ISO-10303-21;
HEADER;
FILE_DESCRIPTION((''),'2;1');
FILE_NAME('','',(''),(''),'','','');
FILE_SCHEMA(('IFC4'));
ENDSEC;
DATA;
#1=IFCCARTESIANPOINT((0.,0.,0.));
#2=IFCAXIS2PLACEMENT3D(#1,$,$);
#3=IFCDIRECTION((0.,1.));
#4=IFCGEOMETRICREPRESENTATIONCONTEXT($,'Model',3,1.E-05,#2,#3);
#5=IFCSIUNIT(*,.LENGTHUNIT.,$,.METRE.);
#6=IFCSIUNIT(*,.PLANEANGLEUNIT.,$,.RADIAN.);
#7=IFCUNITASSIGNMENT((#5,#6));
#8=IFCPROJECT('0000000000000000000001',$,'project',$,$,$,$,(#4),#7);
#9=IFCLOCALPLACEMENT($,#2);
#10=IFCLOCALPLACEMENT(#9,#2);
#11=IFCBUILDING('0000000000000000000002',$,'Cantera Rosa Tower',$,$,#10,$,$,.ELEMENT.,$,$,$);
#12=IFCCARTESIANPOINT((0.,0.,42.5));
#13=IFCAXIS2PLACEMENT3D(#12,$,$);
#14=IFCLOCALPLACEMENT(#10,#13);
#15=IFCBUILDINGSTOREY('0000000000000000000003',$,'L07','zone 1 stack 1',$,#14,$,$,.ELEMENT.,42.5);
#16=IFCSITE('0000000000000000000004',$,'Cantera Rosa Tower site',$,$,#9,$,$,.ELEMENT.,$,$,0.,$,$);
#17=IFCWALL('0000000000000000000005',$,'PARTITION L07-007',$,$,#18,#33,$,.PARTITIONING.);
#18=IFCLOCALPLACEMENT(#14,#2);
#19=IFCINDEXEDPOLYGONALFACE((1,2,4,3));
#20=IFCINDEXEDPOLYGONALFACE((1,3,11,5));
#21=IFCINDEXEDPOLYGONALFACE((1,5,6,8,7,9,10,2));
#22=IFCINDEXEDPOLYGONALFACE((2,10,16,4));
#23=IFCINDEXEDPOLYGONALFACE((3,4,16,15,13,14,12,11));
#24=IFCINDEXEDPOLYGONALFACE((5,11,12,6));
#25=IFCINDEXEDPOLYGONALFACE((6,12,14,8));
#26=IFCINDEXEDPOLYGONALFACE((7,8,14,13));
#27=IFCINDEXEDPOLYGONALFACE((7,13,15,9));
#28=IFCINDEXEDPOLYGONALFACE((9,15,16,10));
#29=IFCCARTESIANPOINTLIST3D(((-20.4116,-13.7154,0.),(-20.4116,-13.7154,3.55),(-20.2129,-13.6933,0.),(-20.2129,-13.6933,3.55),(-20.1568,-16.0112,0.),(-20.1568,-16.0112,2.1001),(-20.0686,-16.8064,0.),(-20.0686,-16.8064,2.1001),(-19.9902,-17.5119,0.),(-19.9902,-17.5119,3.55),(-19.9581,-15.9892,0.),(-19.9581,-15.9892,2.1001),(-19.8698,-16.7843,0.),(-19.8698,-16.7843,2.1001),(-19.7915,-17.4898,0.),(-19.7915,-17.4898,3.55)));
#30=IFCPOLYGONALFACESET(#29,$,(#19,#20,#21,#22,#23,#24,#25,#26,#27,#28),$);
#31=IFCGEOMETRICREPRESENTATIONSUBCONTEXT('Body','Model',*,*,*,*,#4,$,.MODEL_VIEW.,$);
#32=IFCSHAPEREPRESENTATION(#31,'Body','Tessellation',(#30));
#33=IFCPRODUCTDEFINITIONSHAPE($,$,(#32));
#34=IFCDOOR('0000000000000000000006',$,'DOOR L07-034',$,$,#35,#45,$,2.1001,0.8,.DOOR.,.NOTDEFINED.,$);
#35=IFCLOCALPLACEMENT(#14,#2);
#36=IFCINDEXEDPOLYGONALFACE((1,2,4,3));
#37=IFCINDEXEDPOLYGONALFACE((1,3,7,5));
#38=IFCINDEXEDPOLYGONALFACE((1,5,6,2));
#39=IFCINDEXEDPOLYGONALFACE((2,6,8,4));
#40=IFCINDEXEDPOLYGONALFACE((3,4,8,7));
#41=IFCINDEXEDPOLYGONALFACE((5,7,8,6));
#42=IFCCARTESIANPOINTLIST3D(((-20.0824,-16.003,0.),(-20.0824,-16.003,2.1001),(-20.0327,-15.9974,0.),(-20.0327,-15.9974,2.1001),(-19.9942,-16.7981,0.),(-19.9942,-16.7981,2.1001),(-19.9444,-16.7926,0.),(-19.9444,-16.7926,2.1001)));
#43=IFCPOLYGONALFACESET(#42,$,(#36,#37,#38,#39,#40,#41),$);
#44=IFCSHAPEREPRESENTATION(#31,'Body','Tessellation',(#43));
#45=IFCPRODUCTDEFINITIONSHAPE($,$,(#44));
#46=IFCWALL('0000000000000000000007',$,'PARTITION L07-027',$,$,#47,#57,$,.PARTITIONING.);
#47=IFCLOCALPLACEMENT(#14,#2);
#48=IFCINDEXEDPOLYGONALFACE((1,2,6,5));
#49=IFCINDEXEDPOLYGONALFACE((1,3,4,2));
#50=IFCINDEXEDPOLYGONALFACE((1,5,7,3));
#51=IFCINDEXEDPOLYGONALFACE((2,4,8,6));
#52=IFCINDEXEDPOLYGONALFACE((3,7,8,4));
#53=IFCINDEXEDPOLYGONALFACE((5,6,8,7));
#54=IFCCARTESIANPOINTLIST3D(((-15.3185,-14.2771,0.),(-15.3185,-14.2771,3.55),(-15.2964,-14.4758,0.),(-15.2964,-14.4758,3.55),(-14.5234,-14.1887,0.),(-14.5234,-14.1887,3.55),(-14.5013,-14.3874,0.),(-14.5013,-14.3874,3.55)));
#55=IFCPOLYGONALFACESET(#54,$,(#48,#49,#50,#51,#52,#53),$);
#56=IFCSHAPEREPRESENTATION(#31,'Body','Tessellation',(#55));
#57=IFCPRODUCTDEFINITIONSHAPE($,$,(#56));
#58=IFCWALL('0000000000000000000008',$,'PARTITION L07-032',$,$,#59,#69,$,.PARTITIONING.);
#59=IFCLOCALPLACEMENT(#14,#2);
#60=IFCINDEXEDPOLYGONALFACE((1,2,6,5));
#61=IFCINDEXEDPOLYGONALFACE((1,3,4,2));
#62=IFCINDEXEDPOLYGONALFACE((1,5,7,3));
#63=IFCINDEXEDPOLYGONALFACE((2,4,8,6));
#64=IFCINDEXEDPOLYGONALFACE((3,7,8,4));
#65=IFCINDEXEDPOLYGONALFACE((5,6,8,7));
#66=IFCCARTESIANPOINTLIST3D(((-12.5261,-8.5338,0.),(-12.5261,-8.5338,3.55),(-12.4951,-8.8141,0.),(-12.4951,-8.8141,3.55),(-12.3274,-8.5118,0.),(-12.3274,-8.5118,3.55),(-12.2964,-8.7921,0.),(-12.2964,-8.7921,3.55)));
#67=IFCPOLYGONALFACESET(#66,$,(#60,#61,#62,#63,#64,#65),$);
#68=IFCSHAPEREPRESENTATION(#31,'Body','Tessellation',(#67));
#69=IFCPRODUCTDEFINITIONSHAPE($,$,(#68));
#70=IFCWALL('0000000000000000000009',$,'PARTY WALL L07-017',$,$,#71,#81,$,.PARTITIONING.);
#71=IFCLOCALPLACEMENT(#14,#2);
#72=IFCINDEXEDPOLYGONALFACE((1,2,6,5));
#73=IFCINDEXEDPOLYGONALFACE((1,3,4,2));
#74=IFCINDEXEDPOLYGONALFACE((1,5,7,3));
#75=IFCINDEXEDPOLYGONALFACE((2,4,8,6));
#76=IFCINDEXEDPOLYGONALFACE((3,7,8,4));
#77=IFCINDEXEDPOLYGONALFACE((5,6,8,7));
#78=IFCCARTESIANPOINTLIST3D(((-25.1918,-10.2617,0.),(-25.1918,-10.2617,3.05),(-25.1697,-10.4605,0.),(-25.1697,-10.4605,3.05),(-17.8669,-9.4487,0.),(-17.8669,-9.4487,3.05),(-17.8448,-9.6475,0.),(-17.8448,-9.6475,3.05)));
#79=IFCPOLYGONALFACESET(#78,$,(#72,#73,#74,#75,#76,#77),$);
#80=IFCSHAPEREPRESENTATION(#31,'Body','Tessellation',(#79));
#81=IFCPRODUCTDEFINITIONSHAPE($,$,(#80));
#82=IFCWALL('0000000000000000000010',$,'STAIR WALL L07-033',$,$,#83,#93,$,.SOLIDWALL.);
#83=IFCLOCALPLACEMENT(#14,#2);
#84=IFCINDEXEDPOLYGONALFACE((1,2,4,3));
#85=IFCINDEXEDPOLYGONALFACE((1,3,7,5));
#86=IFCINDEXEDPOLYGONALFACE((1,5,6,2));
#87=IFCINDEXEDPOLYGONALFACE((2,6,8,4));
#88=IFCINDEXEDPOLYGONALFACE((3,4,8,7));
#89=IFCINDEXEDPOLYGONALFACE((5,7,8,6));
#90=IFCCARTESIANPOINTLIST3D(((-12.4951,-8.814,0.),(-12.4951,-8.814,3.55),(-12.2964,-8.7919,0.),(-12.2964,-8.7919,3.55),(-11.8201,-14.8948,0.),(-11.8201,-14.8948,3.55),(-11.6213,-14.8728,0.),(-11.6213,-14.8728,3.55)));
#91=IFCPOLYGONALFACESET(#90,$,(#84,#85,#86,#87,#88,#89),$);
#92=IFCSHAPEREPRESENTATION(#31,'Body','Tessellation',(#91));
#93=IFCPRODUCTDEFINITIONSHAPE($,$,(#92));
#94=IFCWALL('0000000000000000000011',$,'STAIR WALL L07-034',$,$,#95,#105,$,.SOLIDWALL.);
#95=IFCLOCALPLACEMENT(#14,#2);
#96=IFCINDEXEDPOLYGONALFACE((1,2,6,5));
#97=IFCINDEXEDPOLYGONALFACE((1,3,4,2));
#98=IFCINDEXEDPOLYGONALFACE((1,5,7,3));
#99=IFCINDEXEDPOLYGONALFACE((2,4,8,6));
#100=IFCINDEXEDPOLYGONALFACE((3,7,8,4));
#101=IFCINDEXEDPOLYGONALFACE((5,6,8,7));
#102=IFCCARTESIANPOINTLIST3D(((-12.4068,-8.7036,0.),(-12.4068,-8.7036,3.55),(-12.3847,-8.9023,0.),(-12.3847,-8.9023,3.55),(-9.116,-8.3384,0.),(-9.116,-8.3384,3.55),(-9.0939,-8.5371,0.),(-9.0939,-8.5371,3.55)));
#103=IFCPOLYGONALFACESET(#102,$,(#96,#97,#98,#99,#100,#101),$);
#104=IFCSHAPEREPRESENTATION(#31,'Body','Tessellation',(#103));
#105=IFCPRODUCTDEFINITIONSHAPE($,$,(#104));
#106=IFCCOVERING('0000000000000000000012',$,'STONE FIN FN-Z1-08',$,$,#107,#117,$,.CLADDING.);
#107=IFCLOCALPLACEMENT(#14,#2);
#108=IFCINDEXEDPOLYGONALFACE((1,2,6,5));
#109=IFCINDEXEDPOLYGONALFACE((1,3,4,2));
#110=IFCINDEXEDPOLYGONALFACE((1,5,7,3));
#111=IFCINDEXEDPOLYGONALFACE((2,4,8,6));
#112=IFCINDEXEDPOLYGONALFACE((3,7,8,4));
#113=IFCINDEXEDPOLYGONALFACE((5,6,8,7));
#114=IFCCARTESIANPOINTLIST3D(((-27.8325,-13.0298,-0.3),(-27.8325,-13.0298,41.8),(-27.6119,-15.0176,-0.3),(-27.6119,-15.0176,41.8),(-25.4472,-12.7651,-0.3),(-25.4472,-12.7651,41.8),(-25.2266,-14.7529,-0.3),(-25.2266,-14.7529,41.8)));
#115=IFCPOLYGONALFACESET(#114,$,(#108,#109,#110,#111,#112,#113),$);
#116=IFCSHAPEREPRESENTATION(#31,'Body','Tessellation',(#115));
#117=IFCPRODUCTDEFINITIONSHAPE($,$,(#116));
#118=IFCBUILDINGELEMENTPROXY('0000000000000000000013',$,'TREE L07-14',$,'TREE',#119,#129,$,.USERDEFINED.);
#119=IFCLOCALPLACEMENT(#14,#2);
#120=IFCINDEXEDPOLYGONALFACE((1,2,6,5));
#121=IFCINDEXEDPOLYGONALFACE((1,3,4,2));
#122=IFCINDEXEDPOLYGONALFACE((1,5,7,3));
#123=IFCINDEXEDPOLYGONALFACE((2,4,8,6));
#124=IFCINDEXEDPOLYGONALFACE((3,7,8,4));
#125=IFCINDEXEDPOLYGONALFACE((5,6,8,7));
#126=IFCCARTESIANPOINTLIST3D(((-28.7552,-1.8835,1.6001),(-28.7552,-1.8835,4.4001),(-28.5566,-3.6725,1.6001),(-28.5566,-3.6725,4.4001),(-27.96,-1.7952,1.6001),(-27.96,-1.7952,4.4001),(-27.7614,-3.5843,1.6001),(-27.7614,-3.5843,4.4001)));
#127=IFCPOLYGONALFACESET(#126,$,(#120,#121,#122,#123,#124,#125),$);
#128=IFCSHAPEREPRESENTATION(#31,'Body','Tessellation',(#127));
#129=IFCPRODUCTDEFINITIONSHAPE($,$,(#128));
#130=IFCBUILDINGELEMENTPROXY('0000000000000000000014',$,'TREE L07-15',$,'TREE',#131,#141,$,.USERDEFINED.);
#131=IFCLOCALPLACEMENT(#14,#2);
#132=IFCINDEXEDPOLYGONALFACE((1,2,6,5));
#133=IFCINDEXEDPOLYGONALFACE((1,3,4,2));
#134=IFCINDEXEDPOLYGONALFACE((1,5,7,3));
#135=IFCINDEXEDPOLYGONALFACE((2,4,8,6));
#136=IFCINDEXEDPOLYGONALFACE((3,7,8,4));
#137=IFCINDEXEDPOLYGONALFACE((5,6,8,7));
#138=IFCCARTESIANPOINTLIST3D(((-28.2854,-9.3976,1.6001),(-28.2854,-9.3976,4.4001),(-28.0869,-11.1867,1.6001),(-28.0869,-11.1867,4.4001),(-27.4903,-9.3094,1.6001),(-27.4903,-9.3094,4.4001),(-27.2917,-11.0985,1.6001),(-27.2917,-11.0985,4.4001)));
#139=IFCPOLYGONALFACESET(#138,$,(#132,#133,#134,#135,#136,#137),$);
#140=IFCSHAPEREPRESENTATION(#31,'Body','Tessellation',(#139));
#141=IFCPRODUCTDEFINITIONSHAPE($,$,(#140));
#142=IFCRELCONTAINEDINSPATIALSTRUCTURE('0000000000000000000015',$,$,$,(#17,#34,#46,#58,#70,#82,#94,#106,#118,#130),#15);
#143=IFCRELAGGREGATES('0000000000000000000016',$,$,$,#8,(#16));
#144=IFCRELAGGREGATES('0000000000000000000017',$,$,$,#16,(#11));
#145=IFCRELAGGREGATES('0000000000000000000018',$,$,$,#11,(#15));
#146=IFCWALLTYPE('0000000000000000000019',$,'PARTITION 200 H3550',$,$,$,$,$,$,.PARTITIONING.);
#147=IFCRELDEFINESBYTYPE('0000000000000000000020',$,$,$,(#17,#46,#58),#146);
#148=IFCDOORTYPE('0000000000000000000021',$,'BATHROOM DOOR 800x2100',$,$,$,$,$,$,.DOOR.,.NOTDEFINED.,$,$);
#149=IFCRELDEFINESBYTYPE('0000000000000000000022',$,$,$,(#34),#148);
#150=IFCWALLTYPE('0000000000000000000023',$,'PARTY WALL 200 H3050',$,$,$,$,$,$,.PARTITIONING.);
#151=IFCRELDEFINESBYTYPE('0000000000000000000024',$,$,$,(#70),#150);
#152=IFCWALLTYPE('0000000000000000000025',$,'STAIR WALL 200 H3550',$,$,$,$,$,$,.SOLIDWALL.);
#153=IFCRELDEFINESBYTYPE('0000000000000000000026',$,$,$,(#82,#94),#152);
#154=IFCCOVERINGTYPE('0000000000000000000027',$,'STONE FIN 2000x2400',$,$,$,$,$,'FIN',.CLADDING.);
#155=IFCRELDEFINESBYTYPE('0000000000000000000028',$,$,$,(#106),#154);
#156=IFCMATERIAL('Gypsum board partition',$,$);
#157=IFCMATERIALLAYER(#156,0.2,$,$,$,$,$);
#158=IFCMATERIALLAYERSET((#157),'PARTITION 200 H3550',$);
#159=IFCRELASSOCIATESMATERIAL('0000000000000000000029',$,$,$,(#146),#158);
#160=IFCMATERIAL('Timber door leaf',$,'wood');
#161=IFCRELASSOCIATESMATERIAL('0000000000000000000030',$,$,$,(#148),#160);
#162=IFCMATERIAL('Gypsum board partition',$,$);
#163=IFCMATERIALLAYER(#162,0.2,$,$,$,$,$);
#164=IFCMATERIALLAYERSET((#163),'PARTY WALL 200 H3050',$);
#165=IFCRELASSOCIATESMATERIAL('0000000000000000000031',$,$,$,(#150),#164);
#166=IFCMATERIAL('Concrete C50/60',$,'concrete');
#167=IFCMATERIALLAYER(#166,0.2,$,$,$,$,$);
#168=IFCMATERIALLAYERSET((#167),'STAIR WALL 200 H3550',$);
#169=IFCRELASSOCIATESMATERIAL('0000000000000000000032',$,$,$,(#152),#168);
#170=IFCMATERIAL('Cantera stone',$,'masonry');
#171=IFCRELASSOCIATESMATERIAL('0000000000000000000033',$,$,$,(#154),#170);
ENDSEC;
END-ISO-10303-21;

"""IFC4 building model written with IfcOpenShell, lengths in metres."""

from ifc_helpers import new_model, si_unit, direction, frame, frame_2d, origin, origin_2d, place, context, subcontext, project, spatial, rectangle, extrude, material, layer, layer_set, type_object, element, fill, save


model = new_model("IFC4")

# Units and contexts
model_context = context("Model", 3, precision=1e-05, world=origin(), true_north=direction((0.0, 1.0)))
body_context = subcontext(model_context, "Body", "Model", "MODEL_VIEW")
ifc_project = project(units=[si_unit("LENGTHUNIT", "METRE"), si_unit("PLANEANGLEUNIT", "RADIAN")], contexts=[model_context])

# Site, building, storey
site_placement = place(None, origin())
site = spatial("IfcSite", under=ifc_project, at=site_placement, Name="Cantera Rosa Tower site", CompositionType="ELEMENT", RefElevation=0.0)
building_placement = place(site_placement, origin())
building = spatial("IfcBuilding", under=site, at=building_placement, Name="Cantera Rosa Tower", CompositionType="ELEMENT")
storey_placement = place(building_placement, frame((0.0, 0.0, 42.5)))
storey = spatial("IfcBuildingStorey", under=building, at=storey_placement, Name="L07", Description="zone 1 stack 1", CompositionType="ELEMENT", Elevation=42.5)

# Shared definitions
ifc_material_1 = material(Name="Gypsum board partition")
ifc_layer_1 = layer(ifc_material_1, 0.2)
ifc_layer_set_1 = layer_set([ifc_layer_1], Name="PARTITION 200 H3550")
wall_type_1 = type_object("IfcWallType", Name="PARTITION 200 H3550", PredefinedType="PARTITIONING", material=ifc_layer_set_1)
ifc_material_2 = material(Name="Timber door leaf", Category="wood")
door_type_1 = type_object("IfcDoorType", Name="BATHROOM DOOR 800x2100", OperationType="NOTDEFINED", PredefinedType="DOOR", material=ifc_material_2)

# Wall, opening, door
wall_1_placement = place(storey_placement, frame((-20.3123, -13.7043, 0.0), z_axis=(0.0, 0.0, 1.0), x_axis=(0.110312, -0.993897, 0.0)))
wall_1 = element("IfcWall", 1, at=wall_1_placement, inside=storey, type_object=wall_type_1, Name="PARTITION L07-007", PredefinedType="PARTITIONING", context=body_context, shape_type="SweptSolid", body=[
    extrude(rectangle(XDim=3.8198, YDim=0.2, at=frame_2d((1.9099, 0.0))), origin(), (0.0, 0.0, 1.0), 3.55),
])
opening_1_placement = place(wall_1_placement, frame((2.3101, 0.0, 0.0)))
opening_1 = element("IfcOpeningElement", 2, at=opening_1_placement, cuts=wall_1, PredefinedType="OPENING", context=body_context, shape_type="SweptSolid", body=[
    extrude(rectangle(XDim=0.8, YDim=2.1001, at=frame_2d((0.3999, 1.05))), frame((0.0, 0.1099, 0.0), z_axis=(0.0, -1.0, 0.0), x_axis=(1.0, 0.0, 0.0)), (0.0, 0.0, 1.0), 0.22),
])
door_1_placement = place(opening_1_placement, origin())
door_1 = element("IfcDoor", 3, at=door_1_placement, inside=storey, type_object=door_type_1, Name="DOOR L07-034", OperationType="NOTDEFINED", OverallHeight=2.1001, OverallWidth=0.8, PredefinedType="DOOR", context=body_context, shape_type="SweptSolid", body=[
    extrude(rectangle(XDim=0.8, YDim=2.1001, at=frame_2d((0.3999, 1.05))), frame((0.0, 0.0249, 0.0), z_axis=(0.0, -1.0, 0.0), x_axis=(1.0, 0.0, 0.0)), (0.0, 0.0, 1.0), 0.05),
])
fill(opening_1, door_1)

# Walls
wall_2_placement = place(storey_placement, frame((-14.5125, -14.2881, 0.0), z_axis=(0.0, 0.0, 1.0), x_axis=(-0.99388, -0.110465, 0.0)))
element("IfcWall", 4, at=wall_2_placement, inside=storey, type_object=wall_type_1, Name="PARTITION L07-027", PredefinedType="PARTITIONING", context=body_context, shape_type="SweptSolid", body=[
    extrude(rectangle(XDim=0.8, YDim=0.2, at=frame_2d((0.3999, 0.0))), origin(), (0.0, 0.0, 1.0), 3.55),
])
wall_3_placement = place(storey_placement, frame((-12.4268, -8.5227, 0.0), z_axis=(0.0, 0.0, 1.0), x_axis=(0.109956, -0.993936, 0.0)))
element("IfcWall", 5, at=wall_3_placement, inside=storey, type_object=wall_type_1, Name="PARTITION L07-032", PredefinedType="PARTITIONING", context=body_context, shape_type="SweptSolid", body=[
    extrude(rectangle(XDim=0.282, YDim=0.2, at=frame_2d((0.1411, 0.0))), origin(), (0.0, 0.0, 1.0), 3.55),
])
ifc_material_3 = material(Name="Gypsum board partition")
ifc_layer_2 = layer(ifc_material_3, 0.2)
ifc_layer_set_2 = layer_set([ifc_layer_2], Name="PARTY WALL 200 H3050")
wall_type_2 = type_object("IfcWallType", Name="PARTY WALL 200 H3050", PredefinedType="PARTITIONING", material=ifc_layer_set_2)
wall_4_placement = place(storey_placement, frame((-17.8557, -9.5481, 0.0), z_axis=(0.0, 0.0, 1.0), x_axis=(-0.993897, -0.110312, 0.0)))
element("IfcWall", 6, at=wall_4_placement, inside=storey, type_object=wall_type_2, Name="PARTY WALL L07-017", PredefinedType="PARTITIONING", context=body_context, shape_type="SweptSolid", body=[
    extrude(rectangle(XDim=7.3699, YDim=0.2, at=frame_2d((3.6851, 0.0))), origin(), (0.0, 0.0, 1.0), 3.05),
])
ifc_material_4 = material(Name="Concrete C50/60", Category="concrete")
ifc_layer_3 = layer(ifc_material_4, 0.2)
ifc_layer_set_3 = layer_set([ifc_layer_3], Name="STAIR WALL 200 H3550")
wall_type_3 = type_object("IfcWallType", Name="STAIR WALL 200 H3550", PredefinedType="SOLIDWALL", material=ifc_layer_set_3)
wall_5_placement = place(storey_placement, frame((-12.3958, -8.803, 0.0), z_axis=(0.0, 0.0, 1.0), x_axis=(0.110335, -0.993894, 0.0)))
element("IfcWall", 7, at=wall_5_placement, inside=storey, type_object=wall_type_3, Name="STAIR WALL L07-033", PredefinedType="SOLIDWALL", context=body_context, shape_type="SweptSolid", body=[
    extrude(rectangle(XDim=6.1182, YDim=0.2, at=frame_2d((3.0591, 0.0))), origin(), (0.0, 0.0, 1.0), 3.55),
])
wall_6_placement = place(storey_placement, frame((-12.3958, -8.803, 0.0), z_axis=(0.0, 0.0, 1.0), x_axis=(0.993897, 0.11031, 0.0)))
element("IfcWall", 8, at=wall_6_placement, inside=storey, type_object=wall_type_3, Name="STAIR WALL L07-034", PredefinedType="SOLIDWALL", context=body_context, shape_type="SweptSolid", body=[
    extrude(rectangle(XDim=3.311, YDim=0.2, at=frame_2d((1.6555, 0.0))), origin(), (0.0, 0.0, 1.0), 3.55),
])

# Covering
ifc_material_5 = material(Name="Cantera stone", Category="masonry")
covering_type = type_object("IfcCoveringType", Name="STONE FIN 2000x2400", ElementType="FIN", PredefinedType="CLADDING", material=ifc_material_5)
covering_placement = place(storey_placement, frame((-26.5295, -13.8914, -0.3), z_axis=(0.0, 0.0, 1.0), x_axis=(0.110313, -0.993897, 0.0)))
element("IfcCovering", 9, at=covering_placement, inside=storey, type_object=covering_type, Name="STONE FIN FN-Z1-08", PredefinedType="CLADDING", context=body_context, shape_type="SweptSolid", body=[
    extrude(rectangle(XDim=2.0, YDim=2.3999, at=origin_2d()), origin(), (0.0, 0.0, 1.0), 42.1001),
])

# Building element proxies
for number, where, z_axis, x_axis, name in (
    (10, (-28.2583, -2.7339, 1.6001), (0.0, 0.0, 1.0), (0.110313, -0.993897, 0.0), "TREE L07-14"),
    (11, (-27.7886, -10.248, 1.6001), (0.0, 0.0, 1.0), (0.110313, -0.993897, 0.0), "TREE L07-15"),
):
    element("IfcBuildingElementProxy", number, at=place(storey_placement, frame(where, z_axis=z_axis, x_axis=x_axis)), inside=storey, Name=name, ObjectType="TREE", PredefinedType="USERDEFINED", context=body_context, shape_type="SweptSolid", body=[
        extrude(rectangle(XDim=1.8, YDim=0.8, at=origin_2d()), origin(), (0.0, 0.0, 1.0), 2.8),
    ])

save(model, "model.ifc")
